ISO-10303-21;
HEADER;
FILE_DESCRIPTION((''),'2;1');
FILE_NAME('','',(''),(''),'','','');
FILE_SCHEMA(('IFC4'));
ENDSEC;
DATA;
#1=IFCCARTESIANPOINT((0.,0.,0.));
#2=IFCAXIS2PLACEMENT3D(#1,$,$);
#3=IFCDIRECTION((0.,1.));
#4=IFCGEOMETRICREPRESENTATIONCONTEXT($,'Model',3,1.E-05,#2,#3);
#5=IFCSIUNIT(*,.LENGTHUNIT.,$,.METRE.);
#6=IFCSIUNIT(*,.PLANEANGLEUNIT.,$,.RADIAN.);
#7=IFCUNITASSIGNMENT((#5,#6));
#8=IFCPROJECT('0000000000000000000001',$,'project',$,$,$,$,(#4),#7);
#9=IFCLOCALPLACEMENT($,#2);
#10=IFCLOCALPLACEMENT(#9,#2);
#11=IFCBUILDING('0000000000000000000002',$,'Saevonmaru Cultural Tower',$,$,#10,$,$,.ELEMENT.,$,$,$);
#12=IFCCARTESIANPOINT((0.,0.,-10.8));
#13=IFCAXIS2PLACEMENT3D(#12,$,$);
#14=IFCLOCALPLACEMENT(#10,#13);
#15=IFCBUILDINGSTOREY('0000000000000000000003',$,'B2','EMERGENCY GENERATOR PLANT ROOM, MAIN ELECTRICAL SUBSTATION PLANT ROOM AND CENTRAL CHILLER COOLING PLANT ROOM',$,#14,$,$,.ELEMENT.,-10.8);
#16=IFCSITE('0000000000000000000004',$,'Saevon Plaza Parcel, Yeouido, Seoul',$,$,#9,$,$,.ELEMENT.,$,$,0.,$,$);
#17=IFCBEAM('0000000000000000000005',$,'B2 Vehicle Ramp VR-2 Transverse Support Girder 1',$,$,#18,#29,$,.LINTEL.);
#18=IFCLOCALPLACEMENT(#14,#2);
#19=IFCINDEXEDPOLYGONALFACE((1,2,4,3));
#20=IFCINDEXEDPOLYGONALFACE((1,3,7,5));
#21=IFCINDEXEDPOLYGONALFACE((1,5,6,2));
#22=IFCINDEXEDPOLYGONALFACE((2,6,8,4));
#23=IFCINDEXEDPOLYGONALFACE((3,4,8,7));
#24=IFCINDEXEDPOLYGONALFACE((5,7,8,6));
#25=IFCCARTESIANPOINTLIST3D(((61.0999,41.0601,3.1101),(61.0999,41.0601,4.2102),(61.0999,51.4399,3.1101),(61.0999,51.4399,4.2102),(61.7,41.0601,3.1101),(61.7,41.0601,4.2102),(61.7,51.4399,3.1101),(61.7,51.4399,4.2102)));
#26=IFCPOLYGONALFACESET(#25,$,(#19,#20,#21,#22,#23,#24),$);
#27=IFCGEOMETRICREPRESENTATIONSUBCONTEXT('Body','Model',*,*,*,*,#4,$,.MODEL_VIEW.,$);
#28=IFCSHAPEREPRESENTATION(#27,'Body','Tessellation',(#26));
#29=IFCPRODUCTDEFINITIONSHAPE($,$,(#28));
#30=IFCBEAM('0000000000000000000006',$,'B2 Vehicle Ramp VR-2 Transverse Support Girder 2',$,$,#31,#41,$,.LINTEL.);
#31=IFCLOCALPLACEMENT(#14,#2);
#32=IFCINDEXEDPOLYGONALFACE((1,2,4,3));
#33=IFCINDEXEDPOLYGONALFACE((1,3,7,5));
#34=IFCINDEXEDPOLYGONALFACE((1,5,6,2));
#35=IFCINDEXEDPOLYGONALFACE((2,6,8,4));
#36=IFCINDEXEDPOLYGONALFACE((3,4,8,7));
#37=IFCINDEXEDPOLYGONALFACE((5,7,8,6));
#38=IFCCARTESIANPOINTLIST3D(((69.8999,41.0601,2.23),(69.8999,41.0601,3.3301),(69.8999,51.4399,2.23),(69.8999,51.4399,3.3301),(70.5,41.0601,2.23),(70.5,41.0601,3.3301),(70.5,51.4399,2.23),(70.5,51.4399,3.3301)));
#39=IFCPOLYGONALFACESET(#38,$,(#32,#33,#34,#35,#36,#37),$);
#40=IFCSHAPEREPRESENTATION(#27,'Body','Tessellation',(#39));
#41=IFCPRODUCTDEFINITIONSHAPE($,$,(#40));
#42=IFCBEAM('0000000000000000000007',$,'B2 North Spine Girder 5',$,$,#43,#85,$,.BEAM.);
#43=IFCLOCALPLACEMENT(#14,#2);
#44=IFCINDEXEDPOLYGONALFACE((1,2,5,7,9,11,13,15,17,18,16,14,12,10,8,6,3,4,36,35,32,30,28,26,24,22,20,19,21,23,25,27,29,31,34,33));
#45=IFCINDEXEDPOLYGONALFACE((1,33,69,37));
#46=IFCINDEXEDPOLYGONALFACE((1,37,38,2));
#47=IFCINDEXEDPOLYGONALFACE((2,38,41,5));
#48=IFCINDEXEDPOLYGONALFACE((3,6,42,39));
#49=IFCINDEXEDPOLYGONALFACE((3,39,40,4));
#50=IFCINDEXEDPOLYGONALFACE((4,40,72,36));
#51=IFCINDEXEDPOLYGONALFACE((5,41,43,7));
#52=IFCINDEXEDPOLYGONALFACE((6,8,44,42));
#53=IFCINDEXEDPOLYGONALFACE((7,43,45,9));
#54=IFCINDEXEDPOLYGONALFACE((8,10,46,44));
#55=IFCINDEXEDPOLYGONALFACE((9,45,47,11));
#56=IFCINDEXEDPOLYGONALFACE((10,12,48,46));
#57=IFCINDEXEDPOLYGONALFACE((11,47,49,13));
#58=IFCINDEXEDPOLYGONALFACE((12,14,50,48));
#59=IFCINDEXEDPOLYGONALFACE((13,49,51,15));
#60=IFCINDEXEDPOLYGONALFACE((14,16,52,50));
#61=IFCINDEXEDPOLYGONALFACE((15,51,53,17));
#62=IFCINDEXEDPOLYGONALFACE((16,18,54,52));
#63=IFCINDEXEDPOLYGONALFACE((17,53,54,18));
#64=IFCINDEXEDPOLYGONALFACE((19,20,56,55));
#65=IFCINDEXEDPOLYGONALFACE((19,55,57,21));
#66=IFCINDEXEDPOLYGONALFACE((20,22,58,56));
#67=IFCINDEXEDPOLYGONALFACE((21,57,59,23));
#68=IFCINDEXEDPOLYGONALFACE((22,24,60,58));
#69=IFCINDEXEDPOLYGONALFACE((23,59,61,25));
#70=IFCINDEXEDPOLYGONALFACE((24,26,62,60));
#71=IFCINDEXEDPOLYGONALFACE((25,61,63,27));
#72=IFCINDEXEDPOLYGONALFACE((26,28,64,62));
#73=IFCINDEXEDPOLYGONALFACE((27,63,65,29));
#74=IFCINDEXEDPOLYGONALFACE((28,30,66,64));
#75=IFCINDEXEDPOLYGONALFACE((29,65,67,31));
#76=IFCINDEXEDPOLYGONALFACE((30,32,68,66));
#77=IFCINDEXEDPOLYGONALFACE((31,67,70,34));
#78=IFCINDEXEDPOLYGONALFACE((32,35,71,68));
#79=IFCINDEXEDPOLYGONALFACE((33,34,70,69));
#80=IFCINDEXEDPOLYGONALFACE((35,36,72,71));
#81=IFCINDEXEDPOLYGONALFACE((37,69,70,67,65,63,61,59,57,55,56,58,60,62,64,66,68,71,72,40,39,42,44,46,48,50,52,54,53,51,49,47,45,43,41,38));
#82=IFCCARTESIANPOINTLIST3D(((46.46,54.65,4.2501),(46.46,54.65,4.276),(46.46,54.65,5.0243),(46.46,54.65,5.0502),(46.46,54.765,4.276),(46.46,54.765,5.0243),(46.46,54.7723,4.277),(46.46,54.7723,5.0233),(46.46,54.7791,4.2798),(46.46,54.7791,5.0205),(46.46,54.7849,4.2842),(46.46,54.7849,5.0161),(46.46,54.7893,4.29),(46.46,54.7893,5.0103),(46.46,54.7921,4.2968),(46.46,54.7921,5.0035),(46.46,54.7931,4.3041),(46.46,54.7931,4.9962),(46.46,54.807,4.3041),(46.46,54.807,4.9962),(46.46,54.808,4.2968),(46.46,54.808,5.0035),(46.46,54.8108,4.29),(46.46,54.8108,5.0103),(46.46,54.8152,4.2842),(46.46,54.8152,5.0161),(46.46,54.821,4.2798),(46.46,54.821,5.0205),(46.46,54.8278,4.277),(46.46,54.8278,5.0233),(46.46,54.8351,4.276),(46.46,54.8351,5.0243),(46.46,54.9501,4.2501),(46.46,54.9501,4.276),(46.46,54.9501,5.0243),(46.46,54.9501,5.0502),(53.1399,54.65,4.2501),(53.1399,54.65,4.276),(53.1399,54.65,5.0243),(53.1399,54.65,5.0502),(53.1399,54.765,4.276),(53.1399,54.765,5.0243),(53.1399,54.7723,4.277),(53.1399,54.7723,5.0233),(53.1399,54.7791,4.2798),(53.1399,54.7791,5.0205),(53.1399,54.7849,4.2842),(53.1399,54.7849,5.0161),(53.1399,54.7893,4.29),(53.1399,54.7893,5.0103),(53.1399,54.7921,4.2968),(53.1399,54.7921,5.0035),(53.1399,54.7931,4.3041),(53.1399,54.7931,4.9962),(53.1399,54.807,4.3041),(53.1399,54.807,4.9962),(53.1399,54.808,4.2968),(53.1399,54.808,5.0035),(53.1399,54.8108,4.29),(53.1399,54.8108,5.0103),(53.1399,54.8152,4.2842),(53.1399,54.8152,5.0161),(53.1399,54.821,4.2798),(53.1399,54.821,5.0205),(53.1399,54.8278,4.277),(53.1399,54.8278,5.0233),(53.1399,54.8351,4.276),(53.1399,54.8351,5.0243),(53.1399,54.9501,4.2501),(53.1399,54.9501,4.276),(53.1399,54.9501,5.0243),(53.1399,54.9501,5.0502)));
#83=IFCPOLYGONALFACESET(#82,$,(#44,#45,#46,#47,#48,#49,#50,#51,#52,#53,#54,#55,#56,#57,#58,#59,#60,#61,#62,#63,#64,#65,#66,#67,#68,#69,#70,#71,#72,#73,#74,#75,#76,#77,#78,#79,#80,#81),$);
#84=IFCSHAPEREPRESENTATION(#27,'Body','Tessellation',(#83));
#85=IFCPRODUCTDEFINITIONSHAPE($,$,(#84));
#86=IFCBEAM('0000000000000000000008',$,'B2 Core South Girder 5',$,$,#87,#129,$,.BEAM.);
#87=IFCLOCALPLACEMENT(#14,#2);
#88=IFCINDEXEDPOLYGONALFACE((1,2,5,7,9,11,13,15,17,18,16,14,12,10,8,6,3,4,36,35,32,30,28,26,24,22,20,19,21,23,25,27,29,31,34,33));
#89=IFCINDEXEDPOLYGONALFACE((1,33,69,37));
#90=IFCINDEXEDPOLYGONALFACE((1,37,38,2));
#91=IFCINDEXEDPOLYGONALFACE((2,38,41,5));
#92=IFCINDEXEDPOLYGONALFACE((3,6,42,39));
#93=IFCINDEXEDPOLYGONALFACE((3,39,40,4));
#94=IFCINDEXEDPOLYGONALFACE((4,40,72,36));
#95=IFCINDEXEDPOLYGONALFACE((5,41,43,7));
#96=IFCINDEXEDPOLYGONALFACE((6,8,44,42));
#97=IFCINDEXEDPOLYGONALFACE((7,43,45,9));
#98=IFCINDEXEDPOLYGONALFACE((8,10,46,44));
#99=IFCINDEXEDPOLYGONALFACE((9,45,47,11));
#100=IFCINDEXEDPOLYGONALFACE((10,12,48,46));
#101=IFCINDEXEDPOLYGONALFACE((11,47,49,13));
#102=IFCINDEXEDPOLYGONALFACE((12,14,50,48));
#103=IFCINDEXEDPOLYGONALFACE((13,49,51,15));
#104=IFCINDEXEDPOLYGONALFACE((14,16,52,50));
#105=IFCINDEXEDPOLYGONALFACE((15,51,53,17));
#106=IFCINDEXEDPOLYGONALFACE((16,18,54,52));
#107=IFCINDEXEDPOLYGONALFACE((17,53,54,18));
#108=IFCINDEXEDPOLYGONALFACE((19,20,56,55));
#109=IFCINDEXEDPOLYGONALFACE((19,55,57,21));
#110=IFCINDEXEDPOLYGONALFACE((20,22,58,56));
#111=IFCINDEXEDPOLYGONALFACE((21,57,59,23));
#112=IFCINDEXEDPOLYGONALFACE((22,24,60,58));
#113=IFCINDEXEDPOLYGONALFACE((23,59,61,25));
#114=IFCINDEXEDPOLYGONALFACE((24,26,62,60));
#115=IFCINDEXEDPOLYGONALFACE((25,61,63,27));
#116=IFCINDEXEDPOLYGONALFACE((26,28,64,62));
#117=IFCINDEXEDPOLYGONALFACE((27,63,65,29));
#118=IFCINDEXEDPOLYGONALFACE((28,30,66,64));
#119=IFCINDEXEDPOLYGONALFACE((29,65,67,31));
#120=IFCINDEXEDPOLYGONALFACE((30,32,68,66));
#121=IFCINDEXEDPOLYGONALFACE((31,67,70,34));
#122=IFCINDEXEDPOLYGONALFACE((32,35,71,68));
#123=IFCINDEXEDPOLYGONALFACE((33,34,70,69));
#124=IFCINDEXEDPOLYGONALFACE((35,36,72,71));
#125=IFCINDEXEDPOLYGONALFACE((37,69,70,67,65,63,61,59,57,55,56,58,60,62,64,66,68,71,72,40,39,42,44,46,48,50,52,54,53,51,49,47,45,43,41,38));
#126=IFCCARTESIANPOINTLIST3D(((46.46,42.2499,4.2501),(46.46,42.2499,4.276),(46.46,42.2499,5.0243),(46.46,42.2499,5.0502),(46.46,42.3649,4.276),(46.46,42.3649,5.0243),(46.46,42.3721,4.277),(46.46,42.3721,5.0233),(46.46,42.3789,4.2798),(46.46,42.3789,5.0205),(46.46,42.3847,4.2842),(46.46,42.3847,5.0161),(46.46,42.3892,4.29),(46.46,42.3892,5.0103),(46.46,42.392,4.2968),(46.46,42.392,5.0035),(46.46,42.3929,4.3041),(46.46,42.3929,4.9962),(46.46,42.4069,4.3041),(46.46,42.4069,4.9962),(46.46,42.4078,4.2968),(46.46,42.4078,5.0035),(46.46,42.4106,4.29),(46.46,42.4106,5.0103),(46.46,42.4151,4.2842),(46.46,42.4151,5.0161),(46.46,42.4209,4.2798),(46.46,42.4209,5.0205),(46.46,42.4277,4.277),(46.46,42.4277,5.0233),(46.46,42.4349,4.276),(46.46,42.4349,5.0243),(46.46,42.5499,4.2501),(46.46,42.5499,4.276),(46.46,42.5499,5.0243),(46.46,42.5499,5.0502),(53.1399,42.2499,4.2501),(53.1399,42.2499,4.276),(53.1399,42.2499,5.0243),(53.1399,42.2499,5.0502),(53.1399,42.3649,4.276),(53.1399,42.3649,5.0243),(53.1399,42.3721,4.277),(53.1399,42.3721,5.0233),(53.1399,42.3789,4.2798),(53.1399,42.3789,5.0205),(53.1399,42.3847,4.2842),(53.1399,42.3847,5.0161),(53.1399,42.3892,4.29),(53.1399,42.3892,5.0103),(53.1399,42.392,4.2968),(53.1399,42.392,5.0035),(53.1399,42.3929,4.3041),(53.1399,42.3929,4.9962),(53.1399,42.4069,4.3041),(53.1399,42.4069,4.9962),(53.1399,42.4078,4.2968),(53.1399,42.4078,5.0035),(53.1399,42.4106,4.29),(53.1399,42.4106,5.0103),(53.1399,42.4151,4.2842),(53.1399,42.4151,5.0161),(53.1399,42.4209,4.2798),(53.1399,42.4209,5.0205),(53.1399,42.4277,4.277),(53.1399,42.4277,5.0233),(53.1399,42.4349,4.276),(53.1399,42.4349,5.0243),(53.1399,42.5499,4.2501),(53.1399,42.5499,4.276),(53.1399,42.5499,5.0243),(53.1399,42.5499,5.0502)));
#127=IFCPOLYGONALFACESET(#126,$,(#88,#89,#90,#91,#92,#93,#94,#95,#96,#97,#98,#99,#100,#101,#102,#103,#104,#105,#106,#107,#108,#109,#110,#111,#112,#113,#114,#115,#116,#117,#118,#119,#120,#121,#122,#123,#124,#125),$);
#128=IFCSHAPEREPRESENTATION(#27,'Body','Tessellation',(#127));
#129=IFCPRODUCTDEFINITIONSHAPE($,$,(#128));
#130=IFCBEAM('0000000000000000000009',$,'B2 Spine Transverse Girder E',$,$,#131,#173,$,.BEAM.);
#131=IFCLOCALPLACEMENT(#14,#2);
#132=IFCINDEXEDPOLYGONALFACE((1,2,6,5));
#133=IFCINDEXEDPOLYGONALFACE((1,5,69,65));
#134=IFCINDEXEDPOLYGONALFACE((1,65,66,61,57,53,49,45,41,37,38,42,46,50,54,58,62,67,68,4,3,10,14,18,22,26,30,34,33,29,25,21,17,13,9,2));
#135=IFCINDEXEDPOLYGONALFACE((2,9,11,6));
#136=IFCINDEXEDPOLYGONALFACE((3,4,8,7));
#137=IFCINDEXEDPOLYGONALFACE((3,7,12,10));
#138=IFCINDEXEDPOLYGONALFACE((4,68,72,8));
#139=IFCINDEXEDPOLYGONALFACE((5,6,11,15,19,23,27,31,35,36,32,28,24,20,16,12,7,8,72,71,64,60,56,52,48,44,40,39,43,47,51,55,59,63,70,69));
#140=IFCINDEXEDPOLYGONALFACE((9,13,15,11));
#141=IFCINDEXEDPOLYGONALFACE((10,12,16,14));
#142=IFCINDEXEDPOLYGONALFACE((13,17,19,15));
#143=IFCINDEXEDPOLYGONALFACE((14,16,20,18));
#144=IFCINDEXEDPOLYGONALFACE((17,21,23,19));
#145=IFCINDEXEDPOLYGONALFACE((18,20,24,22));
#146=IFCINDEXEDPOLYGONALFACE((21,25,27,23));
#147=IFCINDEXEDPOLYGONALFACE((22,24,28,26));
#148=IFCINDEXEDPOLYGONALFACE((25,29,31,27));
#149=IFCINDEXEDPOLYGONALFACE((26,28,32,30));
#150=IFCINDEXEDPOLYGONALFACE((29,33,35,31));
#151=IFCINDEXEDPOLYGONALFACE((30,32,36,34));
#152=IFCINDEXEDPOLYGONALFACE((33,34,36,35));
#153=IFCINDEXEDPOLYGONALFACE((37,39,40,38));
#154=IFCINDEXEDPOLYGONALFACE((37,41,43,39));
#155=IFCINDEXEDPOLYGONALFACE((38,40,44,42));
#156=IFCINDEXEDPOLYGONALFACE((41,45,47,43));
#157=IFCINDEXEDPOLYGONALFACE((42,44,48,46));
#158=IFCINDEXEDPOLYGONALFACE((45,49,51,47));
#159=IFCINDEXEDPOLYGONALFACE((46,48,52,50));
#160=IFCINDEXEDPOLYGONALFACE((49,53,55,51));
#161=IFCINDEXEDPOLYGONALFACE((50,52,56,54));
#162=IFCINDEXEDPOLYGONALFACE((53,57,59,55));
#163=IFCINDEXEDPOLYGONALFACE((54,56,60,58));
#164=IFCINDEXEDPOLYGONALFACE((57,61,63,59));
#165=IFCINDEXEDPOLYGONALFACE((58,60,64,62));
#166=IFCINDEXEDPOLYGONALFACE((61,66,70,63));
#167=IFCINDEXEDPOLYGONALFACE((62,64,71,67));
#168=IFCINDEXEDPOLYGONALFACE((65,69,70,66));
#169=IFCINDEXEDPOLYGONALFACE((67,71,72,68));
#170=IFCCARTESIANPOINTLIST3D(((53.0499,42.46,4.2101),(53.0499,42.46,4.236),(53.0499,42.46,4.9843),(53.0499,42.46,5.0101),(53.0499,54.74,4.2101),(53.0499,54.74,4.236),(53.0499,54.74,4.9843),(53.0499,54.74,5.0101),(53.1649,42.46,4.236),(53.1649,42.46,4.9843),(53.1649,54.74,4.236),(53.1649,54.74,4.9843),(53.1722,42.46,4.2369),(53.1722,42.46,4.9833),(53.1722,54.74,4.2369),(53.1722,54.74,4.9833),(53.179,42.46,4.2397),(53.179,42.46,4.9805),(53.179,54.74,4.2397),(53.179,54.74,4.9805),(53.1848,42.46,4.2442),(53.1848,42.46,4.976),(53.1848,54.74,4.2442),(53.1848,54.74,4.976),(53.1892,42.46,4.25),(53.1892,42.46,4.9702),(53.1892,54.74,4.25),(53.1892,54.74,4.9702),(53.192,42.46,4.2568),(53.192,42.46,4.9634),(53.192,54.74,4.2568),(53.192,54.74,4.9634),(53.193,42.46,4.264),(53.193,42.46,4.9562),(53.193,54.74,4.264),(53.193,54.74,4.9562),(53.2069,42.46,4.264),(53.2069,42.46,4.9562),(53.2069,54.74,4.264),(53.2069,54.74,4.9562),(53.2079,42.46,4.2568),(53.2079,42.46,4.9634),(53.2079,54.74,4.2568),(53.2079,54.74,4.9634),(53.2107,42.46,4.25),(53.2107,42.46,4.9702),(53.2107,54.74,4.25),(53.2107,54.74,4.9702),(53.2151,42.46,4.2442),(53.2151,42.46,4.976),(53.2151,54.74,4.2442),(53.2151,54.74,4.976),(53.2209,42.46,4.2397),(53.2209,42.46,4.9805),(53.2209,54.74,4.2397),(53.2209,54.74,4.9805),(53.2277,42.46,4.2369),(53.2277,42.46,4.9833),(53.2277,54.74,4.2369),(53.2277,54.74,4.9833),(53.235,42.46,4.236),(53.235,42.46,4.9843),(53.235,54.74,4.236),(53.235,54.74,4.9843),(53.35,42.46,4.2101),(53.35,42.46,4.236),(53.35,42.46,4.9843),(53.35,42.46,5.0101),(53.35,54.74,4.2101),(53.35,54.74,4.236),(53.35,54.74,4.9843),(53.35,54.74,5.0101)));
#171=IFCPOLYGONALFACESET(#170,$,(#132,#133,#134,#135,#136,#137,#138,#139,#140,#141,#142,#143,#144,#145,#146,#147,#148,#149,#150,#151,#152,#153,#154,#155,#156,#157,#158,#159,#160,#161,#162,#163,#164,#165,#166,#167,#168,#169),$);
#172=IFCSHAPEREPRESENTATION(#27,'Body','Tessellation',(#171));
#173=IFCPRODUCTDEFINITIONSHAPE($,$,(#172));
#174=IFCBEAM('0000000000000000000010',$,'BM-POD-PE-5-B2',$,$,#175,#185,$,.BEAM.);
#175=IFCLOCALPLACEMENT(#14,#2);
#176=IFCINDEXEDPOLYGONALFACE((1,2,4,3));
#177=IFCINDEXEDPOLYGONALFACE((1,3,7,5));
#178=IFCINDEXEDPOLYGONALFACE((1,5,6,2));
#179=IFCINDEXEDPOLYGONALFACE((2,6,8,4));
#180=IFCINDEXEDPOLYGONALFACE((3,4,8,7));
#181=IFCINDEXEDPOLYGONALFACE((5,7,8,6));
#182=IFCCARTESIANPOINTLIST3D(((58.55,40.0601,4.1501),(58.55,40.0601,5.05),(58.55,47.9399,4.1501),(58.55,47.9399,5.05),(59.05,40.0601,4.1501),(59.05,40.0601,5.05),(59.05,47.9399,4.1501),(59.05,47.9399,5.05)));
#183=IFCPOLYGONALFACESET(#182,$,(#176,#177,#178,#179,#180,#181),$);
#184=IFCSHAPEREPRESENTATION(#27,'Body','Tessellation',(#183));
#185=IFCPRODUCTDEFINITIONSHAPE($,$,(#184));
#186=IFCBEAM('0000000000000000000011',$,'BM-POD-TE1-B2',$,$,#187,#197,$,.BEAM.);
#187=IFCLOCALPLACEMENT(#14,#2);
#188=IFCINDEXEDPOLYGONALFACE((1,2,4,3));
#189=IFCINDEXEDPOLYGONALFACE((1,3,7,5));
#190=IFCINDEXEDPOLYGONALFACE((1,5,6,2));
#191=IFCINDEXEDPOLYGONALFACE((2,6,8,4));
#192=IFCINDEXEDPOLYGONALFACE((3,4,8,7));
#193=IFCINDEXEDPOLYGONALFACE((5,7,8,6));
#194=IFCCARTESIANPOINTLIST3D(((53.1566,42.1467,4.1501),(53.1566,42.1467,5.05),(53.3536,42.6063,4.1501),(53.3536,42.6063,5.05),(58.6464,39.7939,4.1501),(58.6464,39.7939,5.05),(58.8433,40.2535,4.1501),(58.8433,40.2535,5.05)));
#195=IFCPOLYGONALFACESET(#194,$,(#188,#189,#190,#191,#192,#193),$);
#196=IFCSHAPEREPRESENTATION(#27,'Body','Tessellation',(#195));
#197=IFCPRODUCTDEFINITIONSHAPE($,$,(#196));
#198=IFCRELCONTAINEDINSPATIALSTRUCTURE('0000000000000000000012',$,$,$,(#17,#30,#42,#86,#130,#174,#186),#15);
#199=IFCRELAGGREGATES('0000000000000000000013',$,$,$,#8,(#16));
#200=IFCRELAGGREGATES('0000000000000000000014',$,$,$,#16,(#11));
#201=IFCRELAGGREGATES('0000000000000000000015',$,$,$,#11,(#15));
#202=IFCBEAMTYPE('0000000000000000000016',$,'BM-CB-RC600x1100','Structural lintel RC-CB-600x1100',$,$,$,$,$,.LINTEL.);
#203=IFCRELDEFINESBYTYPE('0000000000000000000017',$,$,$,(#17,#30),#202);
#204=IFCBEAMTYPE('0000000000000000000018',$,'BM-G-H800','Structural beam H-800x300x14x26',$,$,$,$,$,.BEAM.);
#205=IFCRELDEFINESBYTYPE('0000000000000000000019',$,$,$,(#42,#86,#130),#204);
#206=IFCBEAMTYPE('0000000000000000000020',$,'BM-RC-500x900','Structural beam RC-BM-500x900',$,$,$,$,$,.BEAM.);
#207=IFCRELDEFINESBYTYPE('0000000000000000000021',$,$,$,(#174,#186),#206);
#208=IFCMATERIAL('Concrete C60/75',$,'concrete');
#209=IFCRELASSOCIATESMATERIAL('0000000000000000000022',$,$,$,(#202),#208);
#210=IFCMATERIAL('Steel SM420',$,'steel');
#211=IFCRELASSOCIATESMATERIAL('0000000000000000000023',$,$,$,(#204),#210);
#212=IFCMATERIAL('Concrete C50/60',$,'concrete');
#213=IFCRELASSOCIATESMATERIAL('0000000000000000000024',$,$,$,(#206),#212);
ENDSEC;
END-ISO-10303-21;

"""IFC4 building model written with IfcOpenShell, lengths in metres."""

from ifc_helpers import new_model, si_unit, direction, frame, origin, origin_2d, place, context, subcontext, project, spatial, rectangle, i_section, extrude, material, material_profile, profile_set, type_object, element, save


model = new_model("IFC4")

# Units and contexts
model_context = context("Model", 3, precision=1e-05, world=origin(), true_north=direction((0.0, 1.0)))
body_context = subcontext(model_context, "Body", "Model", "MODEL_VIEW")
ifc_project = project(units=[si_unit("LENGTHUNIT", "METRE"), si_unit("PLANEANGLEUNIT", "RADIAN")], contexts=[model_context])

# Site, building, storey
site_placement = place(None, origin())
site = spatial("IfcSite", under=ifc_project, at=site_placement, Name="Saevon Plaza Parcel, Yeouido, Seoul", CompositionType="ELEMENT", RefElevation=0.0)
building_placement = place(site_placement, origin())
building = spatial("IfcBuilding", under=site, at=building_placement, Name="Saevonmaru Cultural Tower", CompositionType="ELEMENT")
storey_placement = place(building_placement, frame((0.0, 0.0, -10.8)))
storey = spatial("IfcBuildingStorey", under=building, at=storey_placement, Name="B2", Description="EMERGENCY GENERATOR PLANT ROOM, MAIN ELECTRICAL SUBSTATION PLANT ROOM AND CENTRAL CHILLER COOLING PLANT ROOM", CompositionType="ELEMENT", Elevation=-10.8)

# Shared definitions
ifc_material_1 = material(Name="Concrete C50/60", Category="concrete")

# Shared definitions
ifc_material_2 = material(Name="Concrete C60/75", Category="concrete")

# Beams
ifc_material_profile_1 = material_profile(ifc_material_2, rectangle(XDim=0.6001, YDim=1.1001, at=origin_2d()), Name="RC-CB-600x1100")
ifc_profile_set_1 = profile_set([ifc_material_profile_1], Name="Concrete C60/75")
beam_type_1 = type_object("IfcBeamType", Name="BM-CB-RC600x1100", Description="Structural lintel RC-CB-600x1100", PredefinedType="LINTEL", material=ifc_profile_set_1)
for number, where, z_axis, x_axis, name in (
    (1, (61.3999, 41.0601, 3.6602), (0.0, 1.0, 0.0), (-1.0, 0.0, 0.0), "B2 Vehicle Ramp VR-2 Transverse Support Girder 1"),
    (2, (70.2, 41.0601, 2.78), (0.0, 1.0, 0.0), (-1.0, 0.0, 0.0), "B2 Vehicle Ramp VR-2 Transverse Support Girder 2"),
):
    element("IfcBeam", number, at=place(storey_placement, frame(where, z_axis=z_axis, x_axis=x_axis)), inside=storey, type_object=beam_type_1, Name=name, PredefinedType="LINTEL", context=body_context, shape_type="SweptSolid", body=[
        extrude(rectangle(XDim=0.6001, YDim=1.1001, at=origin_2d()), origin(), (0.0, 0.0, 1.0), 10.3799),
    ])
ifc_material_3 = material(Name="Steel SM420", Category="steel")
ifc_material_profile_2 = material_profile(ifc_material_3, i_section(OverallWidth=0.3, OverallDepth=0.8, WebThickness=0.0139, FlangeThickness=0.0259, FilletRadius=0.0281, at=origin_2d()), Name="H-800x300x14x26")
ifc_profile_set_2 = profile_set([ifc_material_profile_2], Name="Steel SM420")
beam_type_2 = type_object("IfcBeamType", Name="BM-G-H800", Description="Structural beam H-800x300x14x26", PredefinedType="BEAM", material=ifc_profile_set_2)
for number, where, z_axis, x_axis, name in (
    (3, (46.46, 54.8, 4.6501), (1.0, 0.0, 0.0), (0.0, 1.0, 0.0), "B2 North Spine Girder 5"),
    (4, (46.46, 42.3999, 4.6501), (1.0, 0.0, 0.0), (0.0, 1.0, 0.0), "B2 Core South Girder 5"),
):
    element("IfcBeam", number, at=place(storey_placement, frame(where, z_axis=z_axis, x_axis=x_axis)), inside=storey, type_object=beam_type_2, Name=name, PredefinedType="BEAM", context=body_context, shape_type="SweptSolid", body=[
        extrude(i_section(OverallWidth=0.3, OverallDepth=0.8, WebThickness=0.0139, FlangeThickness=0.0259, FilletRadius=0.0281, at=origin_2d()), origin(), (0.0, 0.0, 1.0), 6.6799),
    ])
beam_1_placement = place(storey_placement, frame((53.2, 54.74, 4.6101), z_axis=(0.0, -1.0, 0.0), x_axis=(1.0, 0.0, 0.0)))
element("IfcBeam", 5, at=beam_1_placement, inside=storey, type_object=beam_type_2, Name="B2 Spine Transverse Girder E", PredefinedType="BEAM", context=body_context, shape_type="SweptSolid", body=[
    extrude(i_section(OverallWidth=0.3, OverallDepth=0.8, WebThickness=0.0139, FlangeThickness=0.0259, FilletRadius=0.0281, at=origin_2d()), origin(), (0.0, 0.0, 1.0), 12.28),
])
ifc_material_profile_3 = material_profile(ifc_material_1, rectangle(XDim=0.5, YDim=0.8999, at=origin_2d()), Name="RC-BM-500x900")
ifc_profile_set_3 = profile_set([ifc_material_profile_3], Name="Concrete C50/60")
beam_type_3 = type_object("IfcBeamType", Name="BM-RC-500x900", Description="Structural beam RC-BM-500x900", PredefinedType="BEAM", material=ifc_profile_set_3)
beam_2_placement = place(storey_placement, frame((58.8, 40.0601, 4.6001), z_axis=(0.0, 1.0, 0.0), x_axis=(-1.0, 0.0, 0.0)))
element("IfcBeam", 6, at=beam_2_placement, inside=storey, type_object=beam_type_3, Name="BM-POD-PE-5-B2", PredefinedType="BEAM", context=body_context, shape_type="SweptSolid", body=[
    extrude(rectangle(XDim=0.5, YDim=0.8999, at=origin_2d()), origin(), (0.0, 0.0, 1.0), 7.8799),
])
beam_3_placement = place(storey_placement, frame((53.2551, 42.3765, 4.6001), z_axis=(0.919143, -0.393924, 0.0), x_axis=(0.393924, 0.919143, 0.0)))
element("IfcBeam", 7, at=beam_3_placement, inside=storey, type_object=beam_type_3, Name="BM-POD-TE1-B2", PredefinedType="BEAM", context=body_context, shape_type="SweptSolid", body=[
    extrude(rectangle(XDim=0.5, YDim=0.8999, at=origin_2d()), origin(), (0.0, 0.0, 1.0), 5.9727),
])

save(model, "model.ifc")
